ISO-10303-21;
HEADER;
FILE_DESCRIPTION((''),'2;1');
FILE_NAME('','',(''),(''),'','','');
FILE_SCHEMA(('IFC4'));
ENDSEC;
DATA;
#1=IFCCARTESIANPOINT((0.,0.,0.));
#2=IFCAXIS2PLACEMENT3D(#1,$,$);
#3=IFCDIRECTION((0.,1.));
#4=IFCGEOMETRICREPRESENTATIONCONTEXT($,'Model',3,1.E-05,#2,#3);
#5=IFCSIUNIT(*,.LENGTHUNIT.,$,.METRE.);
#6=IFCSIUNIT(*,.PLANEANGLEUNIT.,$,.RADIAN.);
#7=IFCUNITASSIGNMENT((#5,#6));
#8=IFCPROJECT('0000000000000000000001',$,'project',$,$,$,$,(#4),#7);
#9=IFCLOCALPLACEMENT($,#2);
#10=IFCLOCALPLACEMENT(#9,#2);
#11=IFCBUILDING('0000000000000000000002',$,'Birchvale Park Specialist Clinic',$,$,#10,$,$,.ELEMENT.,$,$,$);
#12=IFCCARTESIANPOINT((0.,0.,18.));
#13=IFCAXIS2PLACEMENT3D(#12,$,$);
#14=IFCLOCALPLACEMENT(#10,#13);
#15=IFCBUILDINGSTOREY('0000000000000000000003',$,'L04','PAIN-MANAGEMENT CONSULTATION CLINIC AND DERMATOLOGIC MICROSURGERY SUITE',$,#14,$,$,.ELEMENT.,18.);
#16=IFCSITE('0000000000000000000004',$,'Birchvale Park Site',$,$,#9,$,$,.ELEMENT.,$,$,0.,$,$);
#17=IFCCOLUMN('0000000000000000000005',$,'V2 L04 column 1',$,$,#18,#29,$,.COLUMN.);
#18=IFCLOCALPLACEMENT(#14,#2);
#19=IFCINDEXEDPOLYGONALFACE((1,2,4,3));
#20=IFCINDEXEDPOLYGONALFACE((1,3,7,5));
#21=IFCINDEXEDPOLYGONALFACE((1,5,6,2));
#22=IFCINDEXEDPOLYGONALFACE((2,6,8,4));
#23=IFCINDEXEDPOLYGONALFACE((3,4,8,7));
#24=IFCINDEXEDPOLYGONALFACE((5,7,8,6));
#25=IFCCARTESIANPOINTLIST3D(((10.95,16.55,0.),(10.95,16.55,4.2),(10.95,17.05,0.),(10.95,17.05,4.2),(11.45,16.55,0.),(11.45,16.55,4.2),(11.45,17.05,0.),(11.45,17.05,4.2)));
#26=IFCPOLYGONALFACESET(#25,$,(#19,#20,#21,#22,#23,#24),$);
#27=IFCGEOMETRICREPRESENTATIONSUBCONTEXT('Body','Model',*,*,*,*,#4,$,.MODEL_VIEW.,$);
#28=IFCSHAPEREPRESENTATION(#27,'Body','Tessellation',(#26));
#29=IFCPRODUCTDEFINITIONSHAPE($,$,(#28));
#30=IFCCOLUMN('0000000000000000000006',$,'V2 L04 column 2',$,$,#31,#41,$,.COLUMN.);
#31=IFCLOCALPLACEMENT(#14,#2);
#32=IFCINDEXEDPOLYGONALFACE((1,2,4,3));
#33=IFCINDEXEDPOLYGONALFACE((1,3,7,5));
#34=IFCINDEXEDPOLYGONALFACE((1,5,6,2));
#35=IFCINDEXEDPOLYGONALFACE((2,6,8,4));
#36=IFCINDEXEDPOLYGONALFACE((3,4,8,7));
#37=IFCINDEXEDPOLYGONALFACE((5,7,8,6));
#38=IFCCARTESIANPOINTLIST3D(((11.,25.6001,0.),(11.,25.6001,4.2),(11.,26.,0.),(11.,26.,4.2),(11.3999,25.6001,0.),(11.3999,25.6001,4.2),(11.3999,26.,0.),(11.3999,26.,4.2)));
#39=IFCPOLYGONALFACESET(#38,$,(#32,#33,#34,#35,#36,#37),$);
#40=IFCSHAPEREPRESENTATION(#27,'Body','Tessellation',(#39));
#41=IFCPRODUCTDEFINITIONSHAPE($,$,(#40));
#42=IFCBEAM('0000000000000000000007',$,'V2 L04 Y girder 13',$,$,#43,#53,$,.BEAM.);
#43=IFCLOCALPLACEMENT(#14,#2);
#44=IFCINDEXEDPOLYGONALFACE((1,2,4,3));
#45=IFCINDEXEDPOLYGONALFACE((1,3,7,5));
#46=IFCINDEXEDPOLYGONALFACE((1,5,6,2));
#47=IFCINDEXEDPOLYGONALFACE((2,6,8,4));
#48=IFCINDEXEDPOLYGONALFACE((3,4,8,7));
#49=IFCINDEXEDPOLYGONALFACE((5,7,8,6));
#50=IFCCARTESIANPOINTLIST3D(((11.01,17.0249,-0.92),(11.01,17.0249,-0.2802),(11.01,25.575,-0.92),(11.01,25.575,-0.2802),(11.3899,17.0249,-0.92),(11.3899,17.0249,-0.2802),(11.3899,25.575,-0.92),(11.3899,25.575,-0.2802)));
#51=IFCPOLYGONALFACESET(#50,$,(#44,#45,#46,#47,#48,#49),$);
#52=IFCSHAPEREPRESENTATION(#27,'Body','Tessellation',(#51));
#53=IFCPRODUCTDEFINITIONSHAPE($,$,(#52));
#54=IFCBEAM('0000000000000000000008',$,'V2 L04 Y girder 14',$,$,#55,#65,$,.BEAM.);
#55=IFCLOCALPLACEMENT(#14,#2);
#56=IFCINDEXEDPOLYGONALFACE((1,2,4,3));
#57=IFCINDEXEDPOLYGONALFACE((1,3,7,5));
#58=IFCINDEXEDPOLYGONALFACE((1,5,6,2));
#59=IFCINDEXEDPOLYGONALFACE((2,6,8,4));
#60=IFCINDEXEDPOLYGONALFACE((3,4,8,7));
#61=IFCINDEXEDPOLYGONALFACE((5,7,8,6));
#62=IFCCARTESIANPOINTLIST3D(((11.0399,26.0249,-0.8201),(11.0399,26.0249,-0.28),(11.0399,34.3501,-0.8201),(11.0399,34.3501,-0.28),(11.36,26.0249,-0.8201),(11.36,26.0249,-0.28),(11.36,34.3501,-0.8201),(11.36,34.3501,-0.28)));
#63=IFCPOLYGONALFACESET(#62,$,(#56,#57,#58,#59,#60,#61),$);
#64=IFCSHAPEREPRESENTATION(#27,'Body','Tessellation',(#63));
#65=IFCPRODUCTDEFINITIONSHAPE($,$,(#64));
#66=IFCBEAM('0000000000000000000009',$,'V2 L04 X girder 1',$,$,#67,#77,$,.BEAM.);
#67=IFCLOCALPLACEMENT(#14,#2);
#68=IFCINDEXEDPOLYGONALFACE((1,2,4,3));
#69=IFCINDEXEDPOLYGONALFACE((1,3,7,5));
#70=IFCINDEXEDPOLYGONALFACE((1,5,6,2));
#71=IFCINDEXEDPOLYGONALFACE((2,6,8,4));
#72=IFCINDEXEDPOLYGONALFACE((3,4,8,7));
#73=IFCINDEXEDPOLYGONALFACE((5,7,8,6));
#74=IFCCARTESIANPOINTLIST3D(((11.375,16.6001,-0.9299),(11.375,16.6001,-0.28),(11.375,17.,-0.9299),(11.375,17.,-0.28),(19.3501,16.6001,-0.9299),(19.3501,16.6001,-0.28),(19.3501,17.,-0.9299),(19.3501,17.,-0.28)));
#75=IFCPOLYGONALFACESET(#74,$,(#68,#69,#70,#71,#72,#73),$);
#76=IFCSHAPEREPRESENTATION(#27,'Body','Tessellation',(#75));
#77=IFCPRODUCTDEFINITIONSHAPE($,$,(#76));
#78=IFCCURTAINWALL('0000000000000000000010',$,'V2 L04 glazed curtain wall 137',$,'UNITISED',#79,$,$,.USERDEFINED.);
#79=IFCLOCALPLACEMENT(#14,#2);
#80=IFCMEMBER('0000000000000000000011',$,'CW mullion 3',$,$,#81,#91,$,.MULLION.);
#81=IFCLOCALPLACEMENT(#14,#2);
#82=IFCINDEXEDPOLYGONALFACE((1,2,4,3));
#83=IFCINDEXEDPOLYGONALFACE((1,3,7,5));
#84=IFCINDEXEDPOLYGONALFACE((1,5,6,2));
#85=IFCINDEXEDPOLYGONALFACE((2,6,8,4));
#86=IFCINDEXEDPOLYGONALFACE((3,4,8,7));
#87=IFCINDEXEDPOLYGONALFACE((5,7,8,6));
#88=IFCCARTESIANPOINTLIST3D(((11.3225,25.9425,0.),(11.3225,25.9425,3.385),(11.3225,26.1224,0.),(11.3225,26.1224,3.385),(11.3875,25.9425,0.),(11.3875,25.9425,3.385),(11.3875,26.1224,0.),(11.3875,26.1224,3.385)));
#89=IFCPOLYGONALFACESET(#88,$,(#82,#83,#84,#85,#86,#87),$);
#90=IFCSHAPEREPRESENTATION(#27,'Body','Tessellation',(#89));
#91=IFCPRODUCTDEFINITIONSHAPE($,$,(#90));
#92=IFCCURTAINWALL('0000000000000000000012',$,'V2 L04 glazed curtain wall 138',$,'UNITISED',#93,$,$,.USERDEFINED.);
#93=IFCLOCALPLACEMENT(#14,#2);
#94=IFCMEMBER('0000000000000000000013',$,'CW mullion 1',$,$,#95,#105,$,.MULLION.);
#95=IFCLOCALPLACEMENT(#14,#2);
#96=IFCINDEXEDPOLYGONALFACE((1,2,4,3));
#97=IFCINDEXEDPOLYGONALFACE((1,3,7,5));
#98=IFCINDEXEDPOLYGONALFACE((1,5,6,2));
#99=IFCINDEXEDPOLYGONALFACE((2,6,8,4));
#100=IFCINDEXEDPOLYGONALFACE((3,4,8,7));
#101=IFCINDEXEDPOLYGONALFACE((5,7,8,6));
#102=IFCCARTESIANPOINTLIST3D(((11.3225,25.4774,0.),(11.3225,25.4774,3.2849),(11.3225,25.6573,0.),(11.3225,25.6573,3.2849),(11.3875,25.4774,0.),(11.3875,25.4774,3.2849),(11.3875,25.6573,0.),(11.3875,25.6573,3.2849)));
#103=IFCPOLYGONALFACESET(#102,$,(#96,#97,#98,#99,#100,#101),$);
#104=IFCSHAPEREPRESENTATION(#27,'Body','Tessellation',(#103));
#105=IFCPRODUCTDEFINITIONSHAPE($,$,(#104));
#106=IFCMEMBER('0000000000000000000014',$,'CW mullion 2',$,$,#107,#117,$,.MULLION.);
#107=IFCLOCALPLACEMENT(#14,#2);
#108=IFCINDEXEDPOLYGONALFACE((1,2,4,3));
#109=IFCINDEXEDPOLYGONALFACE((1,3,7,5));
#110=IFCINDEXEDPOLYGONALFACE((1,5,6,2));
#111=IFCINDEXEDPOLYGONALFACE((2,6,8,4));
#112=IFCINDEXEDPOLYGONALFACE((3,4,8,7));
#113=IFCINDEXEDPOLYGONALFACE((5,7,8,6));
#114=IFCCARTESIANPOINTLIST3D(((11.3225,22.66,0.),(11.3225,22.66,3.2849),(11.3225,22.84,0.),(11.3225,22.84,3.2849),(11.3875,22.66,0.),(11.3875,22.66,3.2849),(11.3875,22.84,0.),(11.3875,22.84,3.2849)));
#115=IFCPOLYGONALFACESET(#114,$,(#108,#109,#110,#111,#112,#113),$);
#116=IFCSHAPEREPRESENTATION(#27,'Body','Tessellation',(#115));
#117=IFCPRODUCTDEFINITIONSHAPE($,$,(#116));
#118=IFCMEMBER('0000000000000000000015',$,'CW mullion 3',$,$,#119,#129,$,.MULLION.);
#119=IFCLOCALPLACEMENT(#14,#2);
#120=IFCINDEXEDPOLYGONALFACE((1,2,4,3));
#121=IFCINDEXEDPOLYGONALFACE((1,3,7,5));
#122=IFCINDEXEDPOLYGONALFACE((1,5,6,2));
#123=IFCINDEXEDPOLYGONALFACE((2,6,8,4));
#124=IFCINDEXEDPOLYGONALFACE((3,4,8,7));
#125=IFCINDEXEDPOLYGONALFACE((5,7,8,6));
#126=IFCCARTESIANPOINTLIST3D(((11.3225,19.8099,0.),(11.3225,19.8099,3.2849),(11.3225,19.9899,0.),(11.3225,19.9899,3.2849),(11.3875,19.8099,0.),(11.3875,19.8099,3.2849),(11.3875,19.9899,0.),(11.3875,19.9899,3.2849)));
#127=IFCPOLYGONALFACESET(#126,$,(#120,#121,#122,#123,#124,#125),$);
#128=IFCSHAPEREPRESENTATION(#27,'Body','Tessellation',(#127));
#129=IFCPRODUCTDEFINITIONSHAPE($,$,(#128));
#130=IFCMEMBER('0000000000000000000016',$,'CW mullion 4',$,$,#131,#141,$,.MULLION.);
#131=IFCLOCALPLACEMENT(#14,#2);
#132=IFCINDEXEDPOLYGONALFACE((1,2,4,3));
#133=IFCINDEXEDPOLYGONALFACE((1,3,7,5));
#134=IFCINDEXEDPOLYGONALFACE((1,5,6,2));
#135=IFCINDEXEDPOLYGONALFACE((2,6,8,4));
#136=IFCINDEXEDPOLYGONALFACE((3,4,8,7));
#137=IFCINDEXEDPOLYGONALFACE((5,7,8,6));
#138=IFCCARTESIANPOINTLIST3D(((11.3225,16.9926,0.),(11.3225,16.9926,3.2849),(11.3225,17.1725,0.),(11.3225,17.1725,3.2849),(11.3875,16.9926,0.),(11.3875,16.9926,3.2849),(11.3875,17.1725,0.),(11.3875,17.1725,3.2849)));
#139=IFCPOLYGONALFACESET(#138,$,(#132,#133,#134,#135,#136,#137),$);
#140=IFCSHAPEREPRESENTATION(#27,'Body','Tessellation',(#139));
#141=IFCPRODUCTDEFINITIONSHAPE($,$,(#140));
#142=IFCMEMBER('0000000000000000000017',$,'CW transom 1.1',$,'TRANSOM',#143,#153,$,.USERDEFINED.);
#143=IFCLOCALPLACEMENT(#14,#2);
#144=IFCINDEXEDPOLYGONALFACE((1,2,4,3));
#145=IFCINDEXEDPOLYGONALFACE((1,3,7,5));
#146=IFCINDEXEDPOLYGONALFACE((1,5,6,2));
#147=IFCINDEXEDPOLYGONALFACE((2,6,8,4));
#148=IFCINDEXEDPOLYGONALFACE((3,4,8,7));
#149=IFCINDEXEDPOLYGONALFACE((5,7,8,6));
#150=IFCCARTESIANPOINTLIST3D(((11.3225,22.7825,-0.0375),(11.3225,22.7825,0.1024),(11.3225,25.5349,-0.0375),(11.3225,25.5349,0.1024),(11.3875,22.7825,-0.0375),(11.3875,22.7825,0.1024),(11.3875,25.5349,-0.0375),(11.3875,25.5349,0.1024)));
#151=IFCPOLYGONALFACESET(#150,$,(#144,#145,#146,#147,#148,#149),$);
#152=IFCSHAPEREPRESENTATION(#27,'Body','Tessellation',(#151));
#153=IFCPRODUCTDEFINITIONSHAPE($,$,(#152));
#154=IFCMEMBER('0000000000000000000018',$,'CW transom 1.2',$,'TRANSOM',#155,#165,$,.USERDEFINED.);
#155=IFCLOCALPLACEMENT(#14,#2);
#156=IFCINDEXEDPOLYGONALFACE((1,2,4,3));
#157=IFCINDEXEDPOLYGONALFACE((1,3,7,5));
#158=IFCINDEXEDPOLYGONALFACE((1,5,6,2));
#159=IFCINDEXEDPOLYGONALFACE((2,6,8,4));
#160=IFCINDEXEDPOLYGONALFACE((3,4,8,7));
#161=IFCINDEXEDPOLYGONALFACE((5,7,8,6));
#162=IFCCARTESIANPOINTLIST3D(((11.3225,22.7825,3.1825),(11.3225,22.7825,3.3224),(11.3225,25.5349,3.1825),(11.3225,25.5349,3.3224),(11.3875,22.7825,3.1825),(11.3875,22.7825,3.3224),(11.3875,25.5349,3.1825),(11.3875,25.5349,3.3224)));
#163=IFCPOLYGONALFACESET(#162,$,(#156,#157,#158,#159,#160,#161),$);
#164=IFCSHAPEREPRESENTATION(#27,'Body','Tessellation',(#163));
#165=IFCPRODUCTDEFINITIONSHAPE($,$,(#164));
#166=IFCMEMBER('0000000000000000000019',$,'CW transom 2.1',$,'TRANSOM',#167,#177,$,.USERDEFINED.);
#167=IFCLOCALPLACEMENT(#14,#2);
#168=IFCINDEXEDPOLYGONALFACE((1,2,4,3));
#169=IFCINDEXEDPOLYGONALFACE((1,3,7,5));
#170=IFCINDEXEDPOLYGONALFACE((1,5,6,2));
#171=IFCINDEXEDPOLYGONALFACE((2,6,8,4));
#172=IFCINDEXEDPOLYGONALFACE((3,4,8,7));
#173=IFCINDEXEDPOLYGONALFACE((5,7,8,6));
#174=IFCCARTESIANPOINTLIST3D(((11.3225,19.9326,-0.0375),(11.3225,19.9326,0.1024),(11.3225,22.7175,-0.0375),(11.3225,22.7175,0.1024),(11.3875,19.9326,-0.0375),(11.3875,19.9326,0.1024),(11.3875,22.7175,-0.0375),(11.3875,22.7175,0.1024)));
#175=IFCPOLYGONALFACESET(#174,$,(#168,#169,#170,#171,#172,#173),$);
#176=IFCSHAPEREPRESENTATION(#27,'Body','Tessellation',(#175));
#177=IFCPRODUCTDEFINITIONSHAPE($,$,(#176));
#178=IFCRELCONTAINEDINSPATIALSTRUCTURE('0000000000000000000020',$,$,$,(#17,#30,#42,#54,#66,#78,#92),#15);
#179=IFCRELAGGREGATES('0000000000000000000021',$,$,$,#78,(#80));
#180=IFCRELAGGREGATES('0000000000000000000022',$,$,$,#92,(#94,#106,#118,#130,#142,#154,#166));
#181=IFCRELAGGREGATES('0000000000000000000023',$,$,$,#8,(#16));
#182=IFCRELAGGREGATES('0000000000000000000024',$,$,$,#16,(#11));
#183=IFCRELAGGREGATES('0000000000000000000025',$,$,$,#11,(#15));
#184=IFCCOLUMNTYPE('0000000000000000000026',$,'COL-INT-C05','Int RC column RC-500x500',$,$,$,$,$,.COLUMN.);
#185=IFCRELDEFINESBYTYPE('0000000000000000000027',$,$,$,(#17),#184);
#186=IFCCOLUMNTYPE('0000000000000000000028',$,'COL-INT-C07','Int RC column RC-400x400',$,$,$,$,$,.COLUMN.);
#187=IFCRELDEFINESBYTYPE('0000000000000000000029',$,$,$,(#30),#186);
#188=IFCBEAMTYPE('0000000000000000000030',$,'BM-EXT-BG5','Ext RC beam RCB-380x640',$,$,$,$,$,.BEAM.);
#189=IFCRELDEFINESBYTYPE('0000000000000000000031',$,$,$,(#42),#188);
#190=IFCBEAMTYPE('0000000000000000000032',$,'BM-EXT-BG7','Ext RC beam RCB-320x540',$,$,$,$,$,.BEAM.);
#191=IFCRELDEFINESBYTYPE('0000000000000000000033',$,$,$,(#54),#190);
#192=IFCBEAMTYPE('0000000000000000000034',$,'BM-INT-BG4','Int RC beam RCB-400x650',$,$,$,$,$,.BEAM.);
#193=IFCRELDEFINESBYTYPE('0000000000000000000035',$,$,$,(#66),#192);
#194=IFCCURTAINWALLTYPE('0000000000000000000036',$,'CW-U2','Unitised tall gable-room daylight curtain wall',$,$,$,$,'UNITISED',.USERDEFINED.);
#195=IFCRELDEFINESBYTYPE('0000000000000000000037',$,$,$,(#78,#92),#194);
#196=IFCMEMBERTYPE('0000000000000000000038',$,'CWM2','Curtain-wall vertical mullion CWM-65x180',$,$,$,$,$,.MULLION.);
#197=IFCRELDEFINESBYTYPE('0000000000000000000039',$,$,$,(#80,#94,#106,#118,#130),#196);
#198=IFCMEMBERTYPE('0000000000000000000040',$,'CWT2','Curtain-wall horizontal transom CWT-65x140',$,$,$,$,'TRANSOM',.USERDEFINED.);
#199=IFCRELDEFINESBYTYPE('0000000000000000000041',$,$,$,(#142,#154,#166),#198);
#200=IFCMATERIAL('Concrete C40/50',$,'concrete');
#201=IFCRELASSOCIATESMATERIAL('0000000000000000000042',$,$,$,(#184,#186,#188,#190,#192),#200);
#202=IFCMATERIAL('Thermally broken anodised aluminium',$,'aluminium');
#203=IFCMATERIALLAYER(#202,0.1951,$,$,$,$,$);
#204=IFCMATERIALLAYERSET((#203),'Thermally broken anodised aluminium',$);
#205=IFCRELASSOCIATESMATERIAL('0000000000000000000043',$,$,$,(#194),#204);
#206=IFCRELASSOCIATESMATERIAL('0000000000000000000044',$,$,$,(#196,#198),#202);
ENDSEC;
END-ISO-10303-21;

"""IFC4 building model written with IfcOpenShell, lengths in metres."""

from ifc_helpers import new_model, si_unit, direction, frame, origin, origin_2d, place, context, subcontext, project, spatial, rectangle, extrude, material, layer, layer_set, material_profile, profile_set, type_object, element, aggregate, save


model = new_model("IFC4")

# Units and contexts
model_context = context("Model", 3, precision=1e-05, world=origin(), true_north=direction((0.0, 1.0)))
body_context = subcontext(model_context, "Body", "Model", "MODEL_VIEW")
ifc_project = project(units=[si_unit("LENGTHUNIT", "METRE"), si_unit("PLANEANGLEUNIT", "RADIAN")], contexts=[model_context])

# Site, building, storey
site_placement = place(None, origin())
site = spatial("IfcSite", under=ifc_project, at=site_placement, Name="Birchvale Park Site", CompositionType="ELEMENT", RefElevation=0.0)
building_placement = place(site_placement, origin())
building = spatial("IfcBuilding", under=site, at=building_placement, Name="Birchvale Park Specialist Clinic", CompositionType="ELEMENT")
storey_placement = place(building_placement, frame((0.0, 0.0, 18.0)))
storey = spatial("IfcBuildingStorey", under=building, at=storey_placement, Name="L04", Description="PAIN-MANAGEMENT CONSULTATION CLINIC AND DERMATOLOGIC MICROSURGERY SUITE", CompositionType="ELEMENT", Elevation=18.0)

# Columns
ifc_material_1 = material(Name="Concrete C40/50", Category="concrete")
ifc_material_profile_1 = material_profile(ifc_material_1, rectangle(XDim=0.5, YDim=0.5, at=origin_2d()), Name="RC-500x500")
ifc_profile_set_1 = profile_set([ifc_material_profile_1], Name="Concrete C40/50")
column_type_1 = type_object("IfcColumnType", Name="COL-INT-C05", Description="Int RC column RC-500x500", PredefinedType="COLUMN", material=ifc_profile_set_1)
column_1_placement = place(storey_placement, frame((11.2, 16.8, 0.0), z_axis=(0.0, 0.0, 1.0), x_axis=(1.0, 0.0, 0.0)))
element("IfcColumn", 1, at=column_1_placement, inside=storey, type_object=column_type_1, Name="V2 L04 column 1", PredefinedType="COLUMN", context=body_context, shape_type="SweptSolid", body=[
    extrude(rectangle(XDim=0.5, YDim=0.5, at=origin_2d()), origin(), (0.0, 0.0, 1.0), 4.2),
])
ifc_material_profile_2 = material_profile(ifc_material_1, rectangle(XDim=0.3999, YDim=0.3999, at=origin_2d()), Name="RC-400x400")
ifc_profile_set_2 = profile_set([ifc_material_profile_2], Name="Concrete C40/50")
column_type_2 = type_object("IfcColumnType", Name="COL-INT-C07", Description="Int RC column RC-400x400", PredefinedType="COLUMN", material=ifc_profile_set_2)
column_2_placement = place(storey_placement, frame((11.2, 25.8, 0.0), z_axis=(0.0, 0.0, 1.0), x_axis=(1.0, 0.0, 0.0)))
element("IfcColumn", 2, at=column_2_placement, inside=storey, type_object=column_type_2, Name="V2 L04 column 2", PredefinedType="COLUMN", context=body_context, shape_type="SweptSolid", body=[
    extrude(rectangle(XDim=0.3999, YDim=0.3999, at=origin_2d()), origin(), (0.0, 0.0, 1.0), 4.2),
])

# Beams
ifc_material_profile_3 = material_profile(ifc_material_1, rectangle(XDim=0.3799, YDim=0.6399, at=origin_2d()), Name="RCB-380x640")
ifc_profile_set_3 = profile_set([ifc_material_profile_3], Name="Concrete C40/50")
beam_type_1 = type_object("IfcBeamType", Name="BM-EXT-BG5", Description="Ext RC beam RCB-380x640", PredefinedType="BEAM", material=ifc_profile_set_3)
beam_1_placement = place(storey_placement, frame((11.2, 17.0249, -0.6001), z_axis=(0.0, 1.0, 0.0), x_axis=(-1.0, 0.0, 0.0)))
element("IfcBeam", 3, at=beam_1_placement, inside=storey, type_object=beam_type_1, Name="V2 L04 Y girder 13", PredefinedType="BEAM", context=body_context, shape_type="SweptSolid", body=[
    extrude(rectangle(XDim=0.3799, YDim=0.6399, at=origin_2d()), origin(), (0.0, 0.0, 1.0), 8.55),
])
ifc_material_profile_4 = material_profile(ifc_material_1, rectangle(XDim=0.3201, YDim=0.54, at=origin_2d()), Name="RCB-320x540")
ifc_profile_set_4 = profile_set([ifc_material_profile_4], Name="Concrete C40/50")
beam_type_2 = type_object("IfcBeamType", Name="BM-EXT-BG7", Description="Ext RC beam RCB-320x540", PredefinedType="BEAM", material=ifc_profile_set_4)
beam_2_placement = place(storey_placement, frame((11.2, 26.0249, -0.55), z_axis=(0.0, 1.0, 0.0), x_axis=(-1.0, 0.0, 0.0)))
element("IfcBeam", 4, at=beam_2_placement, inside=storey, type_object=beam_type_2, Name="V2 L04 Y girder 14", PredefinedType="BEAM", context=body_context, shape_type="SweptSolid", body=[
    extrude(rectangle(XDim=0.3201, YDim=0.54, at=origin_2d()), origin(), (0.0, 0.0, 1.0), 8.3252),
])
ifc_material_profile_5 = material_profile(ifc_material_1, rectangle(XDim=0.3999, YDim=0.6499, at=origin_2d()), Name="RCB-400x650")
ifc_profile_set_5 = profile_set([ifc_material_profile_5], Name="Concrete C40/50")
beam_type_3 = type_object("IfcBeamType", Name="BM-INT-BG4", Description="Int RC beam RCB-400x650", PredefinedType="BEAM", material=ifc_profile_set_5)
beam_3_placement = place(storey_placement, frame((11.375, 16.8, -0.605), z_axis=(1.0, 0.0, 0.0), x_axis=(0.0, 1.0, 0.0)))
element("IfcBeam", 5, at=beam_3_placement, inside=storey, type_object=beam_type_3, Name="V2 L04 X girder 1", PredefinedType="BEAM", context=body_context, shape_type="SweptSolid", body=[
    extrude(rectangle(XDim=0.3999, YDim=0.6499, at=origin_2d()), origin(), (0.0, 0.0, 1.0), 7.9751),
])

# Curtain wall, member
ifc_material_2 = material(Name="Thermally broken anodised aluminium", Category="aluminium")
ifc_layer_1 = layer(ifc_material_2, 0.1951)
ifc_layer_set_1 = layer_set([ifc_layer_1], Name="Thermally broken anodised aluminium")
curtain_wall_type = type_object("IfcCurtainWallType", Name="CW-U2", Description="Unitised tall gable-room daylight curtain wall", ElementType="UNITISED", PredefinedType="USERDEFINED", material=ifc_layer_set_1)
curtain_wall_1_placement = place(storey_placement, origin())
curtain_wall_1 = element("IfcCurtainWall", 6, at=curtain_wall_1_placement, inside=storey, type_object=curtain_wall_type, Name="V2 L04 glazed curtain wall 137", ObjectType="UNITISED", PredefinedType="USERDEFINED")
ifc_material_profile_6 = material_profile(ifc_material_2, rectangle(XDim=0.0649, YDim=0.1799, at=origin_2d()), Name="CWM-65x180")
ifc_profile_set_6 = profile_set([ifc_material_profile_6], Name="Thermally broken anodised aluminium")
member_type_1 = type_object("IfcMemberType", Name="CWM2", Description="Curtain-wall vertical mullion CWM-65x180", PredefinedType="MULLION", material=ifc_profile_set_6)
member_1_placement = place(storey_placement, frame((11.355, 26.0325, 0.0), z_axis=(0.0, 0.0, 1.0), x_axis=(1.0, 0.0, 0.0)))
member_1 = element("IfcMember", 7, at=member_1_placement, type_object=member_type_1, Name="CW mullion 3", PredefinedType="MULLION", context=body_context, shape_type="SweptSolid", body=[
    extrude(rectangle(XDim=0.0649, YDim=0.1799, at=origin_2d()), origin(), (0.0, 0.0, 1.0), 3.385),
])
aggregate(curtain_wall_1, [member_1])

# Curtain wall, members
curtain_wall_2_placement = place(storey_placement, origin())
curtain_wall_2 = element("IfcCurtainWall", 8, at=curtain_wall_2_placement, inside=storey, type_object=curtain_wall_type, Name="V2 L04 glazed curtain wall 138", ObjectType="UNITISED", PredefinedType="USERDEFINED")
member_2_placement = place(storey_placement, frame((11.355, 25.5674, 0.0), z_axis=(0.0, 0.0, 1.0), x_axis=(1.0, 0.0, 0.0)))
member_2 = element("IfcMember", 9, at=member_2_placement, type_object=member_type_1, Name="CW mullion 1", PredefinedType="MULLION", context=body_context, shape_type="SweptSolid", body=[
    extrude(rectangle(XDim=0.0649, YDim=0.1799, at=origin_2d()), origin(), (0.0, 0.0, 1.0), 3.2849),
])
member_3_placement = place(storey_placement, frame((11.355, 22.75, 0.0), z_axis=(0.0, 0.0, 1.0), x_axis=(1.0, 0.0, 0.0)))
member_3 = element("IfcMember", 10, at=member_3_placement, type_object=member_type_1, Name="CW mullion 2", PredefinedType="MULLION", context=body_context, shape_type="SweptSolid", body=[
    extrude(rectangle(XDim=0.0649, YDim=0.1799, at=origin_2d()), origin(), (0.0, 0.0, 1.0), 3.2849),
])
member_4_placement = place(storey_placement, frame((11.355, 19.8999, 0.0), z_axis=(0.0, 0.0, 1.0), x_axis=(1.0, 0.0, 0.0)))
member_4 = element("IfcMember", 11, at=member_4_placement, type_object=member_type_1, Name="CW mullion 3", PredefinedType="MULLION", context=body_context, shape_type="SweptSolid", body=[
    extrude(rectangle(XDim=0.0649, YDim=0.1799, at=origin_2d()), origin(), (0.0, 0.0, 1.0), 3.2849),
])
member_5_placement = place(storey_placement, frame((11.355, 17.0825, 0.0), z_axis=(0.0, 0.0, 1.0), x_axis=(1.0, 0.0, 0.0)))
member_5 = element("IfcMember", 12, at=member_5_placement, type_object=member_type_1, Name="CW mullion 4", PredefinedType="MULLION", context=body_context, shape_type="SweptSolid", body=[
    extrude(rectangle(XDim=0.0649, YDim=0.1799, at=origin_2d()), origin(), (0.0, 0.0, 1.0), 3.2849),
])
ifc_material_profile_7 = material_profile(ifc_material_2, rectangle(XDim=0.0649, YDim=0.1399, at=origin_2d()), Name="CWT-65x140")
ifc_profile_set_7 = profile_set([ifc_material_profile_7], Name="Thermally broken anodised aluminium")
member_type_2 = type_object("IfcMemberType", Name="CWT2", Description="Curtain-wall horizontal transom CWT-65x140", ElementType="TRANSOM", PredefinedType="USERDEFINED", material=ifc_profile_set_7)
member_6_placement = place(storey_placement, frame((11.355, 25.5349, 0.0325), z_axis=(0.0, -1.0, 0.0), x_axis=(1.0, 0.0, 0.0)))
member_6 = element("IfcMember", 13, at=member_6_placement, type_object=member_type_2, Name="CW transom 1.1", ObjectType="TRANSOM", PredefinedType="USERDEFINED", context=body_context, shape_type="SweptSolid", body=[
    extrude(rectangle(XDim=0.0649, YDim=0.1399, at=origin_2d()), origin(), (0.0, 0.0, 1.0), 2.7524),
])
member_7_placement = place(storey_placement, frame((11.355, 25.5349, 3.2524), z_axis=(0.0, -1.0, 0.0), x_axis=(1.0, 0.0, 0.0)))
member_7 = element("IfcMember", 14, at=member_7_placement, type_object=member_type_2, Name="CW transom 1.2", ObjectType="TRANSOM", PredefinedType="USERDEFINED", context=body_context, shape_type="SweptSolid", body=[
    extrude(rectangle(XDim=0.0649, YDim=0.1399, at=origin_2d()), origin(), (0.0, 0.0, 1.0), 2.7524),
])
member_8_placement = place(storey_placement, frame((11.355, 22.7175, 0.0325), z_axis=(0.0, -1.0, 0.0), x_axis=(1.0, 0.0, 0.0)))
member_8 = element("IfcMember", 15, at=member_8_placement, type_object=member_type_2, Name="CW transom 2.1", ObjectType="TRANSOM", PredefinedType="USERDEFINED", context=body_context, shape_type="SweptSolid", body=[
    extrude(rectangle(XDim=0.0649, YDim=0.1399, at=origin_2d()), origin(), (0.0, 0.0, 1.0), 2.7849),
])
aggregate(curtain_wall_2, [member_2, member_3, member_4, member_5, member_6, member_7, member_8])

save(model, "model.ifc")
